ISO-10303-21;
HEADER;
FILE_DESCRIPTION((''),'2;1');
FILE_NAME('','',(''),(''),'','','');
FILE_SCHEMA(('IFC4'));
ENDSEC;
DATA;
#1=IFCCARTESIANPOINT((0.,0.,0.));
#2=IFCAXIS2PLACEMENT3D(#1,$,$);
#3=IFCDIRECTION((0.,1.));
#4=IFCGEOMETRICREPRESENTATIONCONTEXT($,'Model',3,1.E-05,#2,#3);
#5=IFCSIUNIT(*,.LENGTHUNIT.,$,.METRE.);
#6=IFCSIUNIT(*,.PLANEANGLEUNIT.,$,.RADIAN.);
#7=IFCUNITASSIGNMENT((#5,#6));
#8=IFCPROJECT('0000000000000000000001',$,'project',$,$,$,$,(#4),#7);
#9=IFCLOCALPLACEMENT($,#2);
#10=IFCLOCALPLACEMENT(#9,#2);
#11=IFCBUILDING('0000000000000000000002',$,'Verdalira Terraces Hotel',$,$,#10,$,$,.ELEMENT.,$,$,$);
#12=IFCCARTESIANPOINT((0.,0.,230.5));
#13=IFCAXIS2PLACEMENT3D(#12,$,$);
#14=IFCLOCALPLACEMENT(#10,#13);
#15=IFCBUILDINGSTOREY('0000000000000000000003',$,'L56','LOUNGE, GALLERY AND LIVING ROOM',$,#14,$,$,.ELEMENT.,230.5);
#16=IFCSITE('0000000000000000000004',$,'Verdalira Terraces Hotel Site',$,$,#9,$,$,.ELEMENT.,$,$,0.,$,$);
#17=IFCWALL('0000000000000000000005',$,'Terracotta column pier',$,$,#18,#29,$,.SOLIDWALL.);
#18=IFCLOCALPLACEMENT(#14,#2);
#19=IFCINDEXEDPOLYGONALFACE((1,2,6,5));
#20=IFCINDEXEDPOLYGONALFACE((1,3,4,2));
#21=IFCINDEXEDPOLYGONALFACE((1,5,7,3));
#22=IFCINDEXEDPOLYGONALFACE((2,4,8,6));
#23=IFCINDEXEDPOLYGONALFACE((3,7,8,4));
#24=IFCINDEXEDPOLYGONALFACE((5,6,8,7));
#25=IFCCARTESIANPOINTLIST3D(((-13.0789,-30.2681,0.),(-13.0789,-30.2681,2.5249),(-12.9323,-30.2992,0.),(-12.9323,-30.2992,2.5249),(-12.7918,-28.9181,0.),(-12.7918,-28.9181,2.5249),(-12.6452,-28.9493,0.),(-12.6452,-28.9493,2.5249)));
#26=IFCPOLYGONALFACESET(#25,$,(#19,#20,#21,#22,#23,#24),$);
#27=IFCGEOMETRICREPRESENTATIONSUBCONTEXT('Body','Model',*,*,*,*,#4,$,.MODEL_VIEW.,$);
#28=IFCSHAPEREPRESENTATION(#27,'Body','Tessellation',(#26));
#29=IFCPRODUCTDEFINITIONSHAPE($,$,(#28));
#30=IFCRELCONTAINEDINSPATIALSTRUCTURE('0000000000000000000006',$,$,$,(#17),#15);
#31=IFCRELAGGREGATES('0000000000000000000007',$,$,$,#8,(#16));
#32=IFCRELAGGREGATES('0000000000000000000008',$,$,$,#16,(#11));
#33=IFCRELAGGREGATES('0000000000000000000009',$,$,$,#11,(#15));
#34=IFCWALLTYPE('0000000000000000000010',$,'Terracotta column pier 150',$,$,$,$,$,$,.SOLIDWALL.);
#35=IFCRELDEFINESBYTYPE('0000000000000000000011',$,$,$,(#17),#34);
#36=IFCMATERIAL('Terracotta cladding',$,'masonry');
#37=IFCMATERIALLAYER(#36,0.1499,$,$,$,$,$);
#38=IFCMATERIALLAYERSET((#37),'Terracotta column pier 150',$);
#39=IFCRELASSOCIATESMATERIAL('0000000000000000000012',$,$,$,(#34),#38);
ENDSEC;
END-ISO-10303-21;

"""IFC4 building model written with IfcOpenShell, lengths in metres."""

from ifc_helpers import new_model, si_unit, direction, frame, frame_2d, origin, place, context, subcontext, project, spatial, rectangle, extrude, material, layer, layer_set, type_object, element, save


model = new_model("IFC4")

# Units and contexts
model_context = context("Model", 3, precision=1e-05, world=origin(), true_north=direction((0.0, 1.0)))
body_context = subcontext(model_context, "Body", "Model", "MODEL_VIEW")
ifc_project = project(units=[si_unit("LENGTHUNIT", "METRE"), si_unit("PLANEANGLEUNIT", "RADIAN")], contexts=[model_context])

# Site, building, storey
site_placement = place(None, origin())
site = spatial("IfcSite", under=ifc_project, at=site_placement, Name="Verdalira Terraces Hotel Site", CompositionType="ELEMENT", RefElevation=0.0)
building_placement = place(site_placement, origin())
building = spatial("IfcBuilding", under=site, at=building_placement, Name="Verdalira Terraces Hotel", CompositionType="ELEMENT")
storey_placement = place(building_placement, frame((0.0, 0.0, 230.5)))
storey = spatial("IfcBuildingStorey", under=building, at=storey_placement, Name="L56", Description="LOUNGE, GALLERY AND LIVING ROOM", CompositionType="ELEMENT", Elevation=230.5)

# Wall
ifc_material_1 = material(Name="Terracotta cladding", Category="masonry")
ifc_layer_1 = layer(ifc_material_1, 0.1499)
ifc_layer_set_1 = layer_set([ifc_layer_1], Name="Terracotta column pier 150")
wall_type_1 = type_object("IfcWallType", Name="Terracotta column pier 150", PredefinedType="SOLIDWALL", material=ifc_layer_set_1)
wall_1_placement = place(storey_placement, frame((-12.7185, -28.9338, 0.0), z_axis=(0.0, 0.0, 1.0), x_axis=(-0.208043, -0.97812, 0.0)))
element("IfcWall", 1, at=wall_1_placement, inside=storey, type_object=wall_type_1, Name="Terracotta column pier", PredefinedType="SOLIDWALL", context=body_context, shape_type="SweptSolid", body=[
    extrude(rectangle(XDim=1.3801, YDim=0.1499, at=frame_2d((0.6899, 0.0))), origin(), (0.0, 0.0, 1.0), 2.5249),
])

save(model, "model.ifc")
